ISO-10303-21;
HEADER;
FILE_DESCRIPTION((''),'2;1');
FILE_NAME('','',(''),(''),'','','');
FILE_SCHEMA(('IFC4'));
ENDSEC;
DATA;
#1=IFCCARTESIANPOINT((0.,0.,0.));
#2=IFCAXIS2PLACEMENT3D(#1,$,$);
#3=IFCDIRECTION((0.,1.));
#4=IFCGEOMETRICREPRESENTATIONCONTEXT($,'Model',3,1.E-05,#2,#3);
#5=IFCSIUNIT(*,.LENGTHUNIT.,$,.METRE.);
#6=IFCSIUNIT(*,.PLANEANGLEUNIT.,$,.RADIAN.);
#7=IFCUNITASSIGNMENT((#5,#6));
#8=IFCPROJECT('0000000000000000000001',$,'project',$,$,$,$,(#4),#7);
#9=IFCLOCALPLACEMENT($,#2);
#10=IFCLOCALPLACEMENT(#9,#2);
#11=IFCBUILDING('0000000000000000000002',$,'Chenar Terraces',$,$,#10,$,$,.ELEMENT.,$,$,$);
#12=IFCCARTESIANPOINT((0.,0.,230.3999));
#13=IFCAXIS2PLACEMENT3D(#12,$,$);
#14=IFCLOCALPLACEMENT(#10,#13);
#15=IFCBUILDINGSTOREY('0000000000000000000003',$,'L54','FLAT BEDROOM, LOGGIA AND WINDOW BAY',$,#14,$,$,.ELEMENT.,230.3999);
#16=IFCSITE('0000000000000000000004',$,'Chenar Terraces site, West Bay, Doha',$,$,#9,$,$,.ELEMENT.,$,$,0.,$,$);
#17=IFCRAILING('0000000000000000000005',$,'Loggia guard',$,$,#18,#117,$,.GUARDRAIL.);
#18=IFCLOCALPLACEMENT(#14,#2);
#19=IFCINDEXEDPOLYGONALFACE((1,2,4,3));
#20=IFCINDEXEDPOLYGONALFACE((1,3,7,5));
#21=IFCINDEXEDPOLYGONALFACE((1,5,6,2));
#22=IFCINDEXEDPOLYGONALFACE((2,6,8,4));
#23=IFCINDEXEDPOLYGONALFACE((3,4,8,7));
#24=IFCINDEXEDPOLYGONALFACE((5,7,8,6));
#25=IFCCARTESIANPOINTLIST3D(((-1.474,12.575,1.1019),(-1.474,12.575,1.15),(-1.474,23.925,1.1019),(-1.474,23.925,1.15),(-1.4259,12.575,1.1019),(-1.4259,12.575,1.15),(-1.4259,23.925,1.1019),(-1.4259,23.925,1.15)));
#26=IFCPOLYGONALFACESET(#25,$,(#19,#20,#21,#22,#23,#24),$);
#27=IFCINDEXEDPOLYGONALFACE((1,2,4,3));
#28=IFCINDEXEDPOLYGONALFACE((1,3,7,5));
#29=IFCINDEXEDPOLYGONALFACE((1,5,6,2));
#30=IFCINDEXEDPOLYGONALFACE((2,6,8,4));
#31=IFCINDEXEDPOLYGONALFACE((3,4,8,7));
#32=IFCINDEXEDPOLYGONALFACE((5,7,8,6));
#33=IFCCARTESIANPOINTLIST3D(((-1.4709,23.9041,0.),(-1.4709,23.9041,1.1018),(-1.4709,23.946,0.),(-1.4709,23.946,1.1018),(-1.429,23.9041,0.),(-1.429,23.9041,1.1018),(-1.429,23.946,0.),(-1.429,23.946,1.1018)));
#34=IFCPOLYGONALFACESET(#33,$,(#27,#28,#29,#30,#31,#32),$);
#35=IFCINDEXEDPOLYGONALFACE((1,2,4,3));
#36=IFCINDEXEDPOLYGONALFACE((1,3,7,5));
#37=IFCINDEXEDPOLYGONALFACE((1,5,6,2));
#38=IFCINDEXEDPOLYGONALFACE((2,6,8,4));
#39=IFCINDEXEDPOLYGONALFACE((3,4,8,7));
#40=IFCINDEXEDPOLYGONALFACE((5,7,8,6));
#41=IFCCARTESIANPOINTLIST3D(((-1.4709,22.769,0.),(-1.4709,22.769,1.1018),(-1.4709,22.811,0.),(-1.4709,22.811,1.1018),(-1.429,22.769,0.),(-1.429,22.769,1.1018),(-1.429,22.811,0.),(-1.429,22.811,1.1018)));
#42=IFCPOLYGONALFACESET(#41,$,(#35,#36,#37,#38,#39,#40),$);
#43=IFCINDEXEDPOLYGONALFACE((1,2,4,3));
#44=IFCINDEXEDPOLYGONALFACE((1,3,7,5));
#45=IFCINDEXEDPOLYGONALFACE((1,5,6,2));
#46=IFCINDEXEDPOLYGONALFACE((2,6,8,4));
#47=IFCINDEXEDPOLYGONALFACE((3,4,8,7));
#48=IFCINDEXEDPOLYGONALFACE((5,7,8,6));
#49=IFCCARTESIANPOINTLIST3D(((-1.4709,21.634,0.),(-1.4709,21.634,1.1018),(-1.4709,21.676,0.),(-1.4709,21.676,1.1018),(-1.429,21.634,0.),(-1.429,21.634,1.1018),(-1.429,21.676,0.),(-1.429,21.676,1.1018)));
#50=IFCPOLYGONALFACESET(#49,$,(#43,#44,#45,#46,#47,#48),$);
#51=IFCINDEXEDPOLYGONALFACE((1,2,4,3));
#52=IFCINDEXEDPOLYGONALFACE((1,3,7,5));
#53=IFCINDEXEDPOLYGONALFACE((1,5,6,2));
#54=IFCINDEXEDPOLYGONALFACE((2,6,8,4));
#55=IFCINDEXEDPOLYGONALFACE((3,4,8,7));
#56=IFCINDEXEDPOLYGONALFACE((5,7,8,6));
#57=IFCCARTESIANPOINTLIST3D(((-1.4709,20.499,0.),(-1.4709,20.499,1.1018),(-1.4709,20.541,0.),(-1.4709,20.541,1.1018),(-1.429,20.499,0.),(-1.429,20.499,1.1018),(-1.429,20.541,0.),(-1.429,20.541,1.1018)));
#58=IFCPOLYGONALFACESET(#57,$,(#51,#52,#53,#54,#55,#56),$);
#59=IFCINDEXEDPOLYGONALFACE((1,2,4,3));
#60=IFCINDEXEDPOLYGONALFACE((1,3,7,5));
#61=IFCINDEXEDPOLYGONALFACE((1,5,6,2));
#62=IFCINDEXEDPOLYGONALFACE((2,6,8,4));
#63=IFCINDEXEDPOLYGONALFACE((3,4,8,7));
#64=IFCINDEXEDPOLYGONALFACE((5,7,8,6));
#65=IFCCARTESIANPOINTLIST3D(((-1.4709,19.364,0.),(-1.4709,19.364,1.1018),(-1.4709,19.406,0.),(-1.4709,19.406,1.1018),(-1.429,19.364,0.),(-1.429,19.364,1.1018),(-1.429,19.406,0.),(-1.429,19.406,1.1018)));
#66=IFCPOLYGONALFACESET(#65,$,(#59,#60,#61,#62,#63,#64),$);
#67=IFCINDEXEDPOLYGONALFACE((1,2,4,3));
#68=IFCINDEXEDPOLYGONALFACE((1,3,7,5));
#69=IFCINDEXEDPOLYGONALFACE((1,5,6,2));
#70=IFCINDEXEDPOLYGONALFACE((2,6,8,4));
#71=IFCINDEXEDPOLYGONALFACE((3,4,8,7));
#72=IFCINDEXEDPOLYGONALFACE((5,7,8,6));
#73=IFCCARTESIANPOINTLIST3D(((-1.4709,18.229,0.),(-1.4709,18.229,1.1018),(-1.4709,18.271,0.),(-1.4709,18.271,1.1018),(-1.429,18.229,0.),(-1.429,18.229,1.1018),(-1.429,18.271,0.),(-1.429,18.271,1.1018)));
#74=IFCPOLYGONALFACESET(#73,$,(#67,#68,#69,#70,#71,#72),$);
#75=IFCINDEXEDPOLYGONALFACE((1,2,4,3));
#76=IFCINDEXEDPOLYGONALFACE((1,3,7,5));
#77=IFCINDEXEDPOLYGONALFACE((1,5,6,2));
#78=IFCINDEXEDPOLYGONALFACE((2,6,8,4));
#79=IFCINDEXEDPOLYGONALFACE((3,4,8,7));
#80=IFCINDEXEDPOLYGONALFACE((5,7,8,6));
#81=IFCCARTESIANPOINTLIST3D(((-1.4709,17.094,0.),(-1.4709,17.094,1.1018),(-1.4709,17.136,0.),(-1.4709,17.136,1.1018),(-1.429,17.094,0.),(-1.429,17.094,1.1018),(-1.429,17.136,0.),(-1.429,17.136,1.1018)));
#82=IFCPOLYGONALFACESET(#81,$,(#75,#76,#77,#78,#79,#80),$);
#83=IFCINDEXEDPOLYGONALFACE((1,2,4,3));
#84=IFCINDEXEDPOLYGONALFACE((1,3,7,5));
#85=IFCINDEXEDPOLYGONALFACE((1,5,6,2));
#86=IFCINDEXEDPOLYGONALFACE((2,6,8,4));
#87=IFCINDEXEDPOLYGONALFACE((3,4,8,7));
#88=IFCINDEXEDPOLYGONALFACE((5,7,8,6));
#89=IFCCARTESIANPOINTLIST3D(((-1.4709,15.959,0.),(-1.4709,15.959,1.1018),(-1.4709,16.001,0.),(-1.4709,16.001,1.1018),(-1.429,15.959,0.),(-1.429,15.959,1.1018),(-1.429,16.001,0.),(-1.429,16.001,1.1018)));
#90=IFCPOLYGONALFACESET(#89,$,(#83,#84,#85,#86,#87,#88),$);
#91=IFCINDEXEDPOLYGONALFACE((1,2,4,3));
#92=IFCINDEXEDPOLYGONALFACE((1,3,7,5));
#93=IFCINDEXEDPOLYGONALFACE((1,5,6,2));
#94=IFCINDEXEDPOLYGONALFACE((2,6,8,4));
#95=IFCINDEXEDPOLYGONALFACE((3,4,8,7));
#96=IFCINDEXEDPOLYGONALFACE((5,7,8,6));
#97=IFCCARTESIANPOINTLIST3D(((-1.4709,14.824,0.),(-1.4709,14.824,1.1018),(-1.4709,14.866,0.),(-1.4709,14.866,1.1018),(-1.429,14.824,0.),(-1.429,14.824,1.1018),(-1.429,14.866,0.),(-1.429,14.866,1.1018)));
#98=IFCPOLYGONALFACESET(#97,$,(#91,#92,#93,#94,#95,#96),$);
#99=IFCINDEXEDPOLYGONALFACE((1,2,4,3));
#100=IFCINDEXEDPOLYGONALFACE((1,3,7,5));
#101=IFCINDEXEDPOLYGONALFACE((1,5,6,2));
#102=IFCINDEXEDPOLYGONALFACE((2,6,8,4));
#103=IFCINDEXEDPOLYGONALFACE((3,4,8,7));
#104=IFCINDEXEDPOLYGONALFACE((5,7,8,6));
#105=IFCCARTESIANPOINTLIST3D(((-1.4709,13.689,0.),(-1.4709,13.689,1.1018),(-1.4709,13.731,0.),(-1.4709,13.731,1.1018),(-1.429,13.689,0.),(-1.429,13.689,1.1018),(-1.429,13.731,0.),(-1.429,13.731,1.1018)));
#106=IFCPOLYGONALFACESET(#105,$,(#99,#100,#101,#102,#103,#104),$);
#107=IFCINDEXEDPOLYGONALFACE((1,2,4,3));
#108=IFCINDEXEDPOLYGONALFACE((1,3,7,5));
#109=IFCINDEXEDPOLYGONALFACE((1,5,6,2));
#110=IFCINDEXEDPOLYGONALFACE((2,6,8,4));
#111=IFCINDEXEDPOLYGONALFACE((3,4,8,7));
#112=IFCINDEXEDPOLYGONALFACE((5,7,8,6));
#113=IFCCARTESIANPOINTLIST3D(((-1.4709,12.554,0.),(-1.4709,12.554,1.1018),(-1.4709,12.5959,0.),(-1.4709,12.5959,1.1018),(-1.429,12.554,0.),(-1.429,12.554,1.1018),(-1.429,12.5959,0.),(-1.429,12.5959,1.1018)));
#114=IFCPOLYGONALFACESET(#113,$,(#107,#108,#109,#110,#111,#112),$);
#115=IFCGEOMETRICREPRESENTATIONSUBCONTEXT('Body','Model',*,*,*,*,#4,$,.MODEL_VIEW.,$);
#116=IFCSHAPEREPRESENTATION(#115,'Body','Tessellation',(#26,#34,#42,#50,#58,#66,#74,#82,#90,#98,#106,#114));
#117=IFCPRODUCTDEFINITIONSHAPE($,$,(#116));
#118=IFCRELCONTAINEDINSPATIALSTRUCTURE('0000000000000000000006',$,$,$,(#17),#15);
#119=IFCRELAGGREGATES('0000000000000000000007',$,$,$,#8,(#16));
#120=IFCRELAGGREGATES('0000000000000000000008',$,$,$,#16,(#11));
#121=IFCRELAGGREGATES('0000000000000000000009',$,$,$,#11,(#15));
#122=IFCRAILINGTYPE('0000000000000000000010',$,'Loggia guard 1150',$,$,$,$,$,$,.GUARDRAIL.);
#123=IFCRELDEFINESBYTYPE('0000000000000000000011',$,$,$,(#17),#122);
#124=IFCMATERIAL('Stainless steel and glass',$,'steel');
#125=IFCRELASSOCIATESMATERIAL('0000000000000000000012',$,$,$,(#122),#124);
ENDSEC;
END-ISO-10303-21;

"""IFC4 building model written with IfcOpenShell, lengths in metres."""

from ifc_helpers import new_model, si_unit, direction, frame, origin, origin_2d, place, context, subcontext, project, spatial, rectangle, extrude, material, type_object, element, save


model = new_model("IFC4")

# Units and contexts
model_context = context("Model", 3, precision=1e-05, world=origin(), true_north=direction((0.0, 1.0)))
body_context = subcontext(model_context, "Body", "Model", "MODEL_VIEW")
ifc_project = project(units=[si_unit("LENGTHUNIT", "METRE"), si_unit("PLANEANGLEUNIT", "RADIAN")], contexts=[model_context])

# Site, building, storey
site_placement = place(None, origin())
site = spatial("IfcSite", under=ifc_project, at=site_placement, Name="Chenar Terraces site, West Bay, Doha", CompositionType="ELEMENT", RefElevation=0.0)
building_placement = place(site_placement, origin())
building = spatial("IfcBuilding", under=site, at=building_placement, Name="Chenar Terraces", CompositionType="ELEMENT")
storey_placement = place(building_placement, frame((0.0, 0.0, 230.3999)))
storey = spatial("IfcBuildingStorey", under=building, at=storey_placement, Name="L54", Description="FLAT BEDROOM, LOGGIA AND WINDOW BAY", CompositionType="ELEMENT", Elevation=230.3999)

# Railing
ifc_material_1 = material(Name="Stainless steel and glass", Category="steel")
railing_type_1 = type_object("IfcRailingType", Name="Loggia guard 1150", PredefinedType="GUARDRAIL", material=ifc_material_1)
railing_1_placement = place(storey_placement, frame((-1.45, 23.925, 0.0)))
element("IfcRailing", 1, at=railing_1_placement, inside=storey, type_object=railing_type_1, Name="Loggia guard", PredefinedType="GUARDRAIL", context=body_context, shape_type="SweptSolid", body=[
    extrude(rectangle(XDim=0.0481, YDim=0.0481, at=origin_2d()), frame((0.0, 0.0, 1.126), z_axis=(0.0, -1.0, 0.0), x_axis=(1.0, 0.0, 0.0)), (0.0, 0.0, 1.0), 11.3501),
    extrude(rectangle(XDim=0.042, YDim=0.042, at=origin_2d()), origin(), (0.0, 0.0, 1.0), 1.1018),
    extrude(rectangle(XDim=0.042, YDim=0.042, at=origin_2d()), frame((0.0, -1.135, 0.0)), (0.0, 0.0, 1.0), 1.1018),
    extrude(rectangle(XDim=0.042, YDim=0.042, at=origin_2d()), frame((0.0, -2.27, 0.0)), (0.0, 0.0, 1.0), 1.1018),
    extrude(rectangle(XDim=0.042, YDim=0.042, at=origin_2d()), frame((0.0, -3.405, 0.0)), (0.0, 0.0, 1.0), 1.1018),
    extrude(rectangle(XDim=0.042, YDim=0.042, at=origin_2d()), frame((0.0, -4.54, 0.0)), (0.0, 0.0, 1.0), 1.1018),
    extrude(rectangle(XDim=0.042, YDim=0.042, at=origin_2d()), frame((0.0, -5.675, 0.0)), (0.0, 0.0, 1.0), 1.1018),
    extrude(rectangle(XDim=0.042, YDim=0.042, at=origin_2d()), frame((0.0, -6.8101, 0.0)), (0.0, 0.0, 1.0), 1.1018),
    extrude(rectangle(XDim=0.042, YDim=0.042, at=origin_2d()), frame((0.0, -7.9451, 0.0)), (0.0, 0.0, 1.0), 1.1018),
    extrude(rectangle(XDim=0.042, YDim=0.042, at=origin_2d()), frame((0.0, -9.0801, 0.0)), (0.0, 0.0, 1.0), 1.1018),
    extrude(rectangle(XDim=0.042, YDim=0.042, at=origin_2d()), frame((0.0, -10.2151, 0.0)), (0.0, 0.0, 1.0), 1.1018),
    extrude(rectangle(XDim=0.042, YDim=0.042, at=origin_2d()), frame((0.0, -11.3501, 0.0)), (0.0, 0.0, 1.0), 1.1018),
])

save(model, "model.ifc")
